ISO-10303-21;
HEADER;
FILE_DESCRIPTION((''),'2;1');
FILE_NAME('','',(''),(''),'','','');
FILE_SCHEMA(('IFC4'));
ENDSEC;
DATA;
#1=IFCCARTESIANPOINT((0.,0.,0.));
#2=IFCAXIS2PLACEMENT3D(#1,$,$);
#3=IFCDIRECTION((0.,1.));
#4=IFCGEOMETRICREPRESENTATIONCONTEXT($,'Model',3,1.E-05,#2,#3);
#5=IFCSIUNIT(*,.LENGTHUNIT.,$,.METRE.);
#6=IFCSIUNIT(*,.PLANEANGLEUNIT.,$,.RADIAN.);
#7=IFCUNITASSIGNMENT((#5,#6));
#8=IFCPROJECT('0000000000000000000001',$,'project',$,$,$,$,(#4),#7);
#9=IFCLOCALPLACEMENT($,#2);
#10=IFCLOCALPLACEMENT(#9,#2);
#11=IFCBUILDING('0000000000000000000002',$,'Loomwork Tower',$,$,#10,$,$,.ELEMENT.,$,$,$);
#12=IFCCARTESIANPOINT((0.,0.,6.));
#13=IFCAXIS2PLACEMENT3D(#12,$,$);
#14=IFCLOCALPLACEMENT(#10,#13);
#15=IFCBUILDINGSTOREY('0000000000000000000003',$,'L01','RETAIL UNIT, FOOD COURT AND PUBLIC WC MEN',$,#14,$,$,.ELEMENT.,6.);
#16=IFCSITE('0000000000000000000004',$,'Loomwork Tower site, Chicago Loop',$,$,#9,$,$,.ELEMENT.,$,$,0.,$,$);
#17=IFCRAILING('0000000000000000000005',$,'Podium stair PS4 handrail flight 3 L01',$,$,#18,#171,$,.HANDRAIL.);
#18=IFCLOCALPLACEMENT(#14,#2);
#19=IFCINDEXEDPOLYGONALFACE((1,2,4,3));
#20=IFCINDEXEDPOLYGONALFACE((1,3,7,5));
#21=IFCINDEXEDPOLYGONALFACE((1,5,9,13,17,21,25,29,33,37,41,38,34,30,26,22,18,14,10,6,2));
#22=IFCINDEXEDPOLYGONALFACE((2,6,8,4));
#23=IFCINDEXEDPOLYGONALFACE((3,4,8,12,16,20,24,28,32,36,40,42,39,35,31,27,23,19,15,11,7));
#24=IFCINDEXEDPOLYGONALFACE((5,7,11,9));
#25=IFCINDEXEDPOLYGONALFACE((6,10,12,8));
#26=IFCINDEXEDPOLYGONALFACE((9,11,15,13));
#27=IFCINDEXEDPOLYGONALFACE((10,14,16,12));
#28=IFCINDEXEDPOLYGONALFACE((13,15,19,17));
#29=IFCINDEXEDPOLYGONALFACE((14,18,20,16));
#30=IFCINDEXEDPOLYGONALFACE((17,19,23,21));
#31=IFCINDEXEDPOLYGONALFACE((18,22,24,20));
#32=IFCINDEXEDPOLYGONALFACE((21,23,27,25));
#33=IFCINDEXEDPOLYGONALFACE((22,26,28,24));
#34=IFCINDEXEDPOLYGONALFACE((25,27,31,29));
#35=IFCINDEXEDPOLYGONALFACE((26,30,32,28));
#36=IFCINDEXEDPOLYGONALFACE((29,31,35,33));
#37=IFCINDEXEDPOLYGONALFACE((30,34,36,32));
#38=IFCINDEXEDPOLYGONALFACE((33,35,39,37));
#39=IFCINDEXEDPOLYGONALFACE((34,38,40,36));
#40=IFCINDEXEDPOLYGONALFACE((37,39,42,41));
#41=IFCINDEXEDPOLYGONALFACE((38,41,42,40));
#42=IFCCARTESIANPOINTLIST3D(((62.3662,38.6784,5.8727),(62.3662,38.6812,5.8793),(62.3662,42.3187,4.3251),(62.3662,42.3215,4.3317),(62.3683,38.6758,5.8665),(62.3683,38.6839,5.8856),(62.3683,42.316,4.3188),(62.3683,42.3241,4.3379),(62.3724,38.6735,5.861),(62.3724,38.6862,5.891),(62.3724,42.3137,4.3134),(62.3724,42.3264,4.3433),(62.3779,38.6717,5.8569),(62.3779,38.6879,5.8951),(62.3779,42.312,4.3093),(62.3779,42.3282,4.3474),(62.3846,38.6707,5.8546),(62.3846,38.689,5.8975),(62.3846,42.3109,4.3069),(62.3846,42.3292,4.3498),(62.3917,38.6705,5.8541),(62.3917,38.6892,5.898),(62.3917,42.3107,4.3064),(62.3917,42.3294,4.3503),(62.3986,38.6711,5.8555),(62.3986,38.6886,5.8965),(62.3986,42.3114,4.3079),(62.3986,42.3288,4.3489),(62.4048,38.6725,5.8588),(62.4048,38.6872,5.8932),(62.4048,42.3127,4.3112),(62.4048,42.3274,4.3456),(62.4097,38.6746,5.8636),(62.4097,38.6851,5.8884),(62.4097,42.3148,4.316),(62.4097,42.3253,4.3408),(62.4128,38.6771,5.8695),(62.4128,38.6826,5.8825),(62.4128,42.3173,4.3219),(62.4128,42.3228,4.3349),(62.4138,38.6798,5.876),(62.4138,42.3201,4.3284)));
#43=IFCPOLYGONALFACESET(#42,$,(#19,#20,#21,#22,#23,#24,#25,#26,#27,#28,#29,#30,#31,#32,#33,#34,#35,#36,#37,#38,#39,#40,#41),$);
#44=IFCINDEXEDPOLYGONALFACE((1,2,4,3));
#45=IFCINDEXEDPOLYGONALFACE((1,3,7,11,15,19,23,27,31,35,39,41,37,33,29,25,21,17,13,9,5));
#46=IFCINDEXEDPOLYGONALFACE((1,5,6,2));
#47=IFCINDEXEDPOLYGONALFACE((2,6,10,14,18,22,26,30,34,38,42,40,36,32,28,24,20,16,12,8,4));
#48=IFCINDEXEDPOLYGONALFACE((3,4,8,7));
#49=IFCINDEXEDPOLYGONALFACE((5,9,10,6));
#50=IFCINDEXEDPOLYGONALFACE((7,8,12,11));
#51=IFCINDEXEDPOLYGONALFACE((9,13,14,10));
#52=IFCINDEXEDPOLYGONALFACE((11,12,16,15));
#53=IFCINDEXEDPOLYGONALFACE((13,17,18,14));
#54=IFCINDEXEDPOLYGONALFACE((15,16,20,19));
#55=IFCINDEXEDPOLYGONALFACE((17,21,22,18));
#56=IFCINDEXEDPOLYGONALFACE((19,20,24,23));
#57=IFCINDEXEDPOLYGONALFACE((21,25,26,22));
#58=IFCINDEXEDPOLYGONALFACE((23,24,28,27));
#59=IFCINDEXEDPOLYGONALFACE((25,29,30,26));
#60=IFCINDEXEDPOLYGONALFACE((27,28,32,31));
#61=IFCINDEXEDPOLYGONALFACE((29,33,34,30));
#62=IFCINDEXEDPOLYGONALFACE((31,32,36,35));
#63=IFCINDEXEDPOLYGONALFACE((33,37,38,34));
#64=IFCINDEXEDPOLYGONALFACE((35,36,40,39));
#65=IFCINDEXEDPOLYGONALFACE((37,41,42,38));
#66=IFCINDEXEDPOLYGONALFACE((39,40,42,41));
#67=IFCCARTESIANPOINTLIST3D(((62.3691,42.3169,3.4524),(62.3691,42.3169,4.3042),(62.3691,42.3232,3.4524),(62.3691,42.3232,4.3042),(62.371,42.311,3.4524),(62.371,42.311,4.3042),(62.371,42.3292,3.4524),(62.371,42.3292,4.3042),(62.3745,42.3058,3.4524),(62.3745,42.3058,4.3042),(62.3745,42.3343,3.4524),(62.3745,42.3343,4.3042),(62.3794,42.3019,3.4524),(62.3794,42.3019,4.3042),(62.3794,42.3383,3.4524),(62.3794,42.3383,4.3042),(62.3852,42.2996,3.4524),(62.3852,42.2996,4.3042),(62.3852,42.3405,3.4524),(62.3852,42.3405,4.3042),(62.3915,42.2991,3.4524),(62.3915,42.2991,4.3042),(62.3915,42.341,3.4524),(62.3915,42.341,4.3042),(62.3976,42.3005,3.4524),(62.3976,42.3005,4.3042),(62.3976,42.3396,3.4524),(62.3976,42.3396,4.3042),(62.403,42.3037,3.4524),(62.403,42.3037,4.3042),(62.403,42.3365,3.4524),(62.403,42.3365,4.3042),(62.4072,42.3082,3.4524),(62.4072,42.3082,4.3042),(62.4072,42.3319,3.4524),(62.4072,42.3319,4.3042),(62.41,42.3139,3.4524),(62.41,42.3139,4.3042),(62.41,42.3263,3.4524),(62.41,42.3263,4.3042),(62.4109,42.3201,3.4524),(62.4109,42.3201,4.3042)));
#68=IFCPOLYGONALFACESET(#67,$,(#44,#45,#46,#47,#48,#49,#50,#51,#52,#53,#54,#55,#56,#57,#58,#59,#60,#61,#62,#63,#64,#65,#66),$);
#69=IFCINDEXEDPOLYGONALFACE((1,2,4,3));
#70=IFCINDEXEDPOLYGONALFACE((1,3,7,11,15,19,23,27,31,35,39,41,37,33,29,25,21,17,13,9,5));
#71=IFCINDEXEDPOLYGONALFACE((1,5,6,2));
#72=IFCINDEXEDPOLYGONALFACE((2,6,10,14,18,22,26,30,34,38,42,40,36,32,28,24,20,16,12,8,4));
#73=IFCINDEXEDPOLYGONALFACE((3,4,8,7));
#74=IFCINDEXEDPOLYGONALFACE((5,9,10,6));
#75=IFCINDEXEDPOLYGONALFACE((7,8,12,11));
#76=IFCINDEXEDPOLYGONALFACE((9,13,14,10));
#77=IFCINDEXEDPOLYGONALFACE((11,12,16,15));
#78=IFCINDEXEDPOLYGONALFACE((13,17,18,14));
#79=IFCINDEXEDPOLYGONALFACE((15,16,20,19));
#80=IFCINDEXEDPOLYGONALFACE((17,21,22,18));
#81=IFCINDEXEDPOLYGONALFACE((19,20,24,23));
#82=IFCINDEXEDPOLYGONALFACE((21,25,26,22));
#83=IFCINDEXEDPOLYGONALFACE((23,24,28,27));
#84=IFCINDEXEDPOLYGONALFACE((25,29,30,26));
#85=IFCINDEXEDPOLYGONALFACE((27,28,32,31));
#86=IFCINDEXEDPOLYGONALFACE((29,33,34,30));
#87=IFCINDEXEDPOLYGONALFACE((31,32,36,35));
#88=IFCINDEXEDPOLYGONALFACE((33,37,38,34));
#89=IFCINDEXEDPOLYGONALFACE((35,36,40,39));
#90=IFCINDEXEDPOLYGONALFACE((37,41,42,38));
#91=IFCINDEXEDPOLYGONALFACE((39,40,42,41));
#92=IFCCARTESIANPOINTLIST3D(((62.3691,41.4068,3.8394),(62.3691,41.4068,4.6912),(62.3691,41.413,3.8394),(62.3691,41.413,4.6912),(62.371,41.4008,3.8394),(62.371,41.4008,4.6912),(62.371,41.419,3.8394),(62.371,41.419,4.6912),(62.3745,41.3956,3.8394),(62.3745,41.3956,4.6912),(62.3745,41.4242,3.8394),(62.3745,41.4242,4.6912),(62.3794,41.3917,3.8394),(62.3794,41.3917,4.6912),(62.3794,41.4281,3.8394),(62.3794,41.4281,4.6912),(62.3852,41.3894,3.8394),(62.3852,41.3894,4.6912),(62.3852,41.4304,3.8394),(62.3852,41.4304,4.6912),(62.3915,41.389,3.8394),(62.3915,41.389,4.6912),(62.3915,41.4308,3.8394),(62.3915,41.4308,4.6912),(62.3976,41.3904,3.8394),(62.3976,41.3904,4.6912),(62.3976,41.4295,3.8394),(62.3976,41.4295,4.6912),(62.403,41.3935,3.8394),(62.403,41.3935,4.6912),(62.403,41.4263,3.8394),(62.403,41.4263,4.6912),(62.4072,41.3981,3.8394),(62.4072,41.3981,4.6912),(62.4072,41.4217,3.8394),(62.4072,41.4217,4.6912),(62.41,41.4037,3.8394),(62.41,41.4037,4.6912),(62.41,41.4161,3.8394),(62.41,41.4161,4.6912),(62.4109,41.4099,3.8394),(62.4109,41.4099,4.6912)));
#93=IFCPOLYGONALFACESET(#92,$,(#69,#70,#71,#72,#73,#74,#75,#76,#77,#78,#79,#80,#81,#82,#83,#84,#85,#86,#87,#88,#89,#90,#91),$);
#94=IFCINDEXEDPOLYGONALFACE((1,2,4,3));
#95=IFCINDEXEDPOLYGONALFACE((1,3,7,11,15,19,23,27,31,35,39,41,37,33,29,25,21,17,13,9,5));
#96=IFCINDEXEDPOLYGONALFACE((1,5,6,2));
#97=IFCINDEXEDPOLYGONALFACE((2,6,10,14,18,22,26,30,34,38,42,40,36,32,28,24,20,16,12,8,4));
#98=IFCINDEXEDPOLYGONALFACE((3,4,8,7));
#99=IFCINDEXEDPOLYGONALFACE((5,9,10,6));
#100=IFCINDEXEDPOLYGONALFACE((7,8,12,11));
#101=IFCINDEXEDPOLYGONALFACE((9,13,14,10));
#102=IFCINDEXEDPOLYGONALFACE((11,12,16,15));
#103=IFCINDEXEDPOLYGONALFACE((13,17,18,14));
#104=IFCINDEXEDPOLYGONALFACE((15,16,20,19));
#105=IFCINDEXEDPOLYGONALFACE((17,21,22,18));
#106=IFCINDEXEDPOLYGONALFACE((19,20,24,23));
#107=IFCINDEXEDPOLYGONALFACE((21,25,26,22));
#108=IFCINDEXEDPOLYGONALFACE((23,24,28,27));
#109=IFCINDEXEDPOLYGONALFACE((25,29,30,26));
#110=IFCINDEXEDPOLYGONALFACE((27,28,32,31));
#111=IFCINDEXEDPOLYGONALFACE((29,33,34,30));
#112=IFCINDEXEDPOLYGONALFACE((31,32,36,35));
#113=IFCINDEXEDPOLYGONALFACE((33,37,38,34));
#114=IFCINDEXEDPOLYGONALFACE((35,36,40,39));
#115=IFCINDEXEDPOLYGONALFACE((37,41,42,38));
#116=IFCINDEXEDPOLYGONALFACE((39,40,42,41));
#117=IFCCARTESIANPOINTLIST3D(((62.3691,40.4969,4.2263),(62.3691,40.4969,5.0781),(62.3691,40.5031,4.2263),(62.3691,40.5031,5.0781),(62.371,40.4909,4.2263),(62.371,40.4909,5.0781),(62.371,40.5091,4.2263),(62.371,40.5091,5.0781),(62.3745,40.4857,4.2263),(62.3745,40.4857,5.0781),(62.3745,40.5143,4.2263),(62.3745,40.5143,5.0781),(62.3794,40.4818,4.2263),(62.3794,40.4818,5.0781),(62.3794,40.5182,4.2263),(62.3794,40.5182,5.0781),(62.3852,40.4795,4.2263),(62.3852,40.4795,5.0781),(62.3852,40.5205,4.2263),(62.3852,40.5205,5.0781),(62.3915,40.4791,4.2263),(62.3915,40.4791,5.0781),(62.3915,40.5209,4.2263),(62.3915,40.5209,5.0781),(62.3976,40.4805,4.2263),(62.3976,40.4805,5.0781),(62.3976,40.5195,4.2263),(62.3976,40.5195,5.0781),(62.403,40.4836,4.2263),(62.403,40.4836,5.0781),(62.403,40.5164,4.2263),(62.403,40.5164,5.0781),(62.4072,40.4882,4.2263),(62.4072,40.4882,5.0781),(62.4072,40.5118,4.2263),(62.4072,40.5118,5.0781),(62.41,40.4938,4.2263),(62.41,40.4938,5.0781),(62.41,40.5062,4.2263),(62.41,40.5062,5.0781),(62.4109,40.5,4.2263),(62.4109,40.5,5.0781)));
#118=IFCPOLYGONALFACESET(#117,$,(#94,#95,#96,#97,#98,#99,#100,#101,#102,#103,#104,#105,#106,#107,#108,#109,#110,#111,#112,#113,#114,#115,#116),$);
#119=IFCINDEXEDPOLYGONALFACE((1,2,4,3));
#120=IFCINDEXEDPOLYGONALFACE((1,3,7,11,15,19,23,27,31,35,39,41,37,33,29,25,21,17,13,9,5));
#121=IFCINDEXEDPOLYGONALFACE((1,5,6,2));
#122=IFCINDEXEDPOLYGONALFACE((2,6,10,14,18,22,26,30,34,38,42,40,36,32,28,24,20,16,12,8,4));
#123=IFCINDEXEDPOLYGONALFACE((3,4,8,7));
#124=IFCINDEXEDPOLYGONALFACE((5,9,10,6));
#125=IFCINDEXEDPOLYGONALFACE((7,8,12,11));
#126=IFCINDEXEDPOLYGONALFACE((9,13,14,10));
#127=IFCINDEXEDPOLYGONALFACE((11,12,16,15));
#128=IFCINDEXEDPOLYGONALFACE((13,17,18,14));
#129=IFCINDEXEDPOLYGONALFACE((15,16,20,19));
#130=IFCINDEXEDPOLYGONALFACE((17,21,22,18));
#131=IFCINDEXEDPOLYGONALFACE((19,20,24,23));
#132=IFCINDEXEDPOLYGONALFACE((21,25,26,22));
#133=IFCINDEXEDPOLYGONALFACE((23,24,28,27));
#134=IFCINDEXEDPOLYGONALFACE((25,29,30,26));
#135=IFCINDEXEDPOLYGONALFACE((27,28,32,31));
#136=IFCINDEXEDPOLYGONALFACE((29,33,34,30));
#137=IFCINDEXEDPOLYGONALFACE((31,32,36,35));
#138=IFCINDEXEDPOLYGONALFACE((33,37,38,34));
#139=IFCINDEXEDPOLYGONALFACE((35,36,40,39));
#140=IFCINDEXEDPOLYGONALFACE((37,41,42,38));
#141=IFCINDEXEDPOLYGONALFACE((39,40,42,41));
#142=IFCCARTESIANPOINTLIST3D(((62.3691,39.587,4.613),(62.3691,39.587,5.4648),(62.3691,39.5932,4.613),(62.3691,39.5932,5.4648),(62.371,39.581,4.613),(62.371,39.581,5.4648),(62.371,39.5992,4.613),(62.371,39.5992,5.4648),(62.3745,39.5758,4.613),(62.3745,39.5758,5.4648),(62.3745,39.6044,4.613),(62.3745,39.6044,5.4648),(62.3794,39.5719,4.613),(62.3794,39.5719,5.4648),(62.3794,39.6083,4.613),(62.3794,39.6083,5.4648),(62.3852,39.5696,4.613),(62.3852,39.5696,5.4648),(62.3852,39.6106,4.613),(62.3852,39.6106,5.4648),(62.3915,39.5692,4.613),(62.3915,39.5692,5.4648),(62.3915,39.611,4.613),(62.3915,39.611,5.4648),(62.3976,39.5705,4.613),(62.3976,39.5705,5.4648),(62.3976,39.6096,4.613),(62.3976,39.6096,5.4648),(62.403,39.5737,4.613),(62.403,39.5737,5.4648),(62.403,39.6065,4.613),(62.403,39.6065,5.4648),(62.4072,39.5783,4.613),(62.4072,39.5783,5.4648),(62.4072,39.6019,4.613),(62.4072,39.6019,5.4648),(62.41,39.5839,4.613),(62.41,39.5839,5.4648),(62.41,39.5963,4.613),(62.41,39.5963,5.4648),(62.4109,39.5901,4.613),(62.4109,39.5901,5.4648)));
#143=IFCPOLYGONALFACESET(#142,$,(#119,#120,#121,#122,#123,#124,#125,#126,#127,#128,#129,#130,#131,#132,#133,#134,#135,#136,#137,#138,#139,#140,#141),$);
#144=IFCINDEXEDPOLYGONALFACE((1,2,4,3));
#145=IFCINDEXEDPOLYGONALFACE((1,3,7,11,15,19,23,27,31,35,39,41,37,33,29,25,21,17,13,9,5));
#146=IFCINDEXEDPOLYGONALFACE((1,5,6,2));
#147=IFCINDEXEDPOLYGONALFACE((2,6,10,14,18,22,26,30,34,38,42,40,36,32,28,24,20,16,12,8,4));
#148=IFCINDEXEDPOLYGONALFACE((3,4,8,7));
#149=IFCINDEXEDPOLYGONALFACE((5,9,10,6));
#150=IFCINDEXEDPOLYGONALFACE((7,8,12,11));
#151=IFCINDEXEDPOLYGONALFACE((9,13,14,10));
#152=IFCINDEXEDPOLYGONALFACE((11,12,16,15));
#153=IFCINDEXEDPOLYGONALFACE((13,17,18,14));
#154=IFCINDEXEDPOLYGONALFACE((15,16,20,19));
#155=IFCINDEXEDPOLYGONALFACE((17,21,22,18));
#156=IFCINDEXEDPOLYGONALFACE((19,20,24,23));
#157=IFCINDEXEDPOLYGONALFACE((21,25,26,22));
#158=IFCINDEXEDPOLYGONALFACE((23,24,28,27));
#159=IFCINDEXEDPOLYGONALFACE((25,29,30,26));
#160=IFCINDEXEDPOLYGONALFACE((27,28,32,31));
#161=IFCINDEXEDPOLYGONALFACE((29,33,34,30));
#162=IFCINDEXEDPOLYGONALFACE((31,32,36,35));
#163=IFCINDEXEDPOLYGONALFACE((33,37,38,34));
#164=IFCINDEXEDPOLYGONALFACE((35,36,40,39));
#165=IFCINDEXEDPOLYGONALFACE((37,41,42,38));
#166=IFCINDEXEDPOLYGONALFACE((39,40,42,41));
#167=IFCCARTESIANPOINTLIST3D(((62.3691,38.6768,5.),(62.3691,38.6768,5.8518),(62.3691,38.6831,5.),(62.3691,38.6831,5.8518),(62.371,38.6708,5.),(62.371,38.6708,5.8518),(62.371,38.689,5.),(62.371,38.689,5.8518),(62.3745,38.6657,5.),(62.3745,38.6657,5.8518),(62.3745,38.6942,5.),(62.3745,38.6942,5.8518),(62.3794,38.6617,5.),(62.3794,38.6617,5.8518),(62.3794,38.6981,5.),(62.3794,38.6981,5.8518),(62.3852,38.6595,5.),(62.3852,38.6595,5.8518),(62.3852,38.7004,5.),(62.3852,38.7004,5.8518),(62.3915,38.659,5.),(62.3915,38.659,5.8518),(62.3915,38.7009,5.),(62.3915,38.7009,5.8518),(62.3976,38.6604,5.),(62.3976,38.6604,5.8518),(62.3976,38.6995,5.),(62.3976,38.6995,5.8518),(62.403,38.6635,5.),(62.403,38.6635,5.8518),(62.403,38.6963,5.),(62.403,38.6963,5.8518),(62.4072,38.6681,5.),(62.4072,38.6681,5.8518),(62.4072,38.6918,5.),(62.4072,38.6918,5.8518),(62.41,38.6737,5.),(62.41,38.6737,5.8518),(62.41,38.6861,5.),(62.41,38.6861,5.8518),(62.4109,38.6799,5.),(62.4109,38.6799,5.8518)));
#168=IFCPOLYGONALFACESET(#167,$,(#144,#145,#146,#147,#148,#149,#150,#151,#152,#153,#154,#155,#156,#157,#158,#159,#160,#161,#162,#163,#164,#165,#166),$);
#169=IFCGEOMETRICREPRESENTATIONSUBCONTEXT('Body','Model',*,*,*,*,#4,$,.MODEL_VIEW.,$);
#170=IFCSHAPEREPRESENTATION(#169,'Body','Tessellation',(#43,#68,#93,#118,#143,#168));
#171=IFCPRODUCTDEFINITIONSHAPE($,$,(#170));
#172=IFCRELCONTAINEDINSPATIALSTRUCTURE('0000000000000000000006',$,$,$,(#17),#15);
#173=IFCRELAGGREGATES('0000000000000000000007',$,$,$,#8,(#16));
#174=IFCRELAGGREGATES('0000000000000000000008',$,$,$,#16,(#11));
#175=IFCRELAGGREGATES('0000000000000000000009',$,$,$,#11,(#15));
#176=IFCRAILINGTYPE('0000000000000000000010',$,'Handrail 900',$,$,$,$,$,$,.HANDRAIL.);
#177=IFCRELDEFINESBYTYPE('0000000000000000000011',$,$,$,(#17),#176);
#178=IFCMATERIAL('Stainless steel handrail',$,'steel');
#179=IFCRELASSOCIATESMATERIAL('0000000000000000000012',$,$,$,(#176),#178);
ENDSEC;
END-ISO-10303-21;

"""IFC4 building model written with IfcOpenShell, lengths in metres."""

from ifc_helpers import new_model, si_unit, direction, frame, origin, origin_2d, place, context, subcontext, project, spatial, circle, extrude, material, type_object, element, save


model = new_model("IFC4")

# Units and contexts
model_context = context("Model", 3, precision=1e-05, world=origin(), true_north=direction((0.0, 1.0)))
body_context = subcontext(model_context, "Body", "Model", "MODEL_VIEW")
ifc_project = project(units=[si_unit("LENGTHUNIT", "METRE"), si_unit("PLANEANGLEUNIT", "RADIAN")], contexts=[model_context])

# Site, building, storey
site_placement = place(None, origin())
site = spatial("IfcSite", under=ifc_project, at=site_placement, Name="Loomwork Tower site, Chicago Loop", CompositionType="ELEMENT", RefElevation=0.0)
building_placement = place(site_placement, origin())
building = spatial("IfcBuilding", under=site, at=building_placement, Name="Loomwork Tower", CompositionType="ELEMENT")
storey_placement = place(building_placement, frame((0.0, 0.0, 6.0)))
storey = spatial("IfcBuildingStorey", under=building, at=storey_placement, Name="L01", Description="RETAIL UNIT, FOOD COURT AND PUBLIC WC MEN", CompositionType="ELEMENT", Elevation=6.0)

# Railing
ifc_material_1 = material(Name="Stainless steel handrail", Category="steel")
railing_type = type_object("IfcRailingType", Name="Handrail 900", PredefinedType="HANDRAIL", material=ifc_material_1)
railing_1_placement = place(storey_placement, frame((62.3899, 42.3201, 3.4524)))
element("IfcRailing", 1, at=railing_1_placement, inside=storey, type_object=railing_type, Name="Podium stair PS4 handrail flight 3 L01", PredefinedType="HANDRAIL", context=body_context, shape_type="SweptSolid", body=[
    extrude(circle(Radius=0.0239, at=origin_2d()), frame((0.0, 0.0, 0.876), z_axis=(0.0, -0.920281, 0.391258), x_axis=(1.0, 0.0, 0.0)), (0.0, 0.0, 1.0), 3.9556),
    extrude(circle(Radius=0.021, at=origin_2d()), origin(), (0.0, 0.0, 1.0), 0.8518),
    extrude(circle(Radius=0.021, at=origin_2d()), frame((0.0, -0.9102, 0.387)), (0.0, 0.0, 1.0), 0.8518),
    extrude(circle(Radius=0.021, at=origin_2d()), frame((0.0, -1.8201, 0.7739)), (0.0, 0.0, 1.0), 0.8518),
    extrude(circle(Radius=0.021, at=origin_2d()), frame((0.0, -2.73, 1.1606)), (0.0, 0.0, 1.0), 0.8518),
    extrude(circle(Radius=0.021, at=origin_2d()), frame((0.0, -3.6401, 1.5476)), (0.0, 0.0, 1.0), 0.8518),
])

save(model, "model.ifc")
